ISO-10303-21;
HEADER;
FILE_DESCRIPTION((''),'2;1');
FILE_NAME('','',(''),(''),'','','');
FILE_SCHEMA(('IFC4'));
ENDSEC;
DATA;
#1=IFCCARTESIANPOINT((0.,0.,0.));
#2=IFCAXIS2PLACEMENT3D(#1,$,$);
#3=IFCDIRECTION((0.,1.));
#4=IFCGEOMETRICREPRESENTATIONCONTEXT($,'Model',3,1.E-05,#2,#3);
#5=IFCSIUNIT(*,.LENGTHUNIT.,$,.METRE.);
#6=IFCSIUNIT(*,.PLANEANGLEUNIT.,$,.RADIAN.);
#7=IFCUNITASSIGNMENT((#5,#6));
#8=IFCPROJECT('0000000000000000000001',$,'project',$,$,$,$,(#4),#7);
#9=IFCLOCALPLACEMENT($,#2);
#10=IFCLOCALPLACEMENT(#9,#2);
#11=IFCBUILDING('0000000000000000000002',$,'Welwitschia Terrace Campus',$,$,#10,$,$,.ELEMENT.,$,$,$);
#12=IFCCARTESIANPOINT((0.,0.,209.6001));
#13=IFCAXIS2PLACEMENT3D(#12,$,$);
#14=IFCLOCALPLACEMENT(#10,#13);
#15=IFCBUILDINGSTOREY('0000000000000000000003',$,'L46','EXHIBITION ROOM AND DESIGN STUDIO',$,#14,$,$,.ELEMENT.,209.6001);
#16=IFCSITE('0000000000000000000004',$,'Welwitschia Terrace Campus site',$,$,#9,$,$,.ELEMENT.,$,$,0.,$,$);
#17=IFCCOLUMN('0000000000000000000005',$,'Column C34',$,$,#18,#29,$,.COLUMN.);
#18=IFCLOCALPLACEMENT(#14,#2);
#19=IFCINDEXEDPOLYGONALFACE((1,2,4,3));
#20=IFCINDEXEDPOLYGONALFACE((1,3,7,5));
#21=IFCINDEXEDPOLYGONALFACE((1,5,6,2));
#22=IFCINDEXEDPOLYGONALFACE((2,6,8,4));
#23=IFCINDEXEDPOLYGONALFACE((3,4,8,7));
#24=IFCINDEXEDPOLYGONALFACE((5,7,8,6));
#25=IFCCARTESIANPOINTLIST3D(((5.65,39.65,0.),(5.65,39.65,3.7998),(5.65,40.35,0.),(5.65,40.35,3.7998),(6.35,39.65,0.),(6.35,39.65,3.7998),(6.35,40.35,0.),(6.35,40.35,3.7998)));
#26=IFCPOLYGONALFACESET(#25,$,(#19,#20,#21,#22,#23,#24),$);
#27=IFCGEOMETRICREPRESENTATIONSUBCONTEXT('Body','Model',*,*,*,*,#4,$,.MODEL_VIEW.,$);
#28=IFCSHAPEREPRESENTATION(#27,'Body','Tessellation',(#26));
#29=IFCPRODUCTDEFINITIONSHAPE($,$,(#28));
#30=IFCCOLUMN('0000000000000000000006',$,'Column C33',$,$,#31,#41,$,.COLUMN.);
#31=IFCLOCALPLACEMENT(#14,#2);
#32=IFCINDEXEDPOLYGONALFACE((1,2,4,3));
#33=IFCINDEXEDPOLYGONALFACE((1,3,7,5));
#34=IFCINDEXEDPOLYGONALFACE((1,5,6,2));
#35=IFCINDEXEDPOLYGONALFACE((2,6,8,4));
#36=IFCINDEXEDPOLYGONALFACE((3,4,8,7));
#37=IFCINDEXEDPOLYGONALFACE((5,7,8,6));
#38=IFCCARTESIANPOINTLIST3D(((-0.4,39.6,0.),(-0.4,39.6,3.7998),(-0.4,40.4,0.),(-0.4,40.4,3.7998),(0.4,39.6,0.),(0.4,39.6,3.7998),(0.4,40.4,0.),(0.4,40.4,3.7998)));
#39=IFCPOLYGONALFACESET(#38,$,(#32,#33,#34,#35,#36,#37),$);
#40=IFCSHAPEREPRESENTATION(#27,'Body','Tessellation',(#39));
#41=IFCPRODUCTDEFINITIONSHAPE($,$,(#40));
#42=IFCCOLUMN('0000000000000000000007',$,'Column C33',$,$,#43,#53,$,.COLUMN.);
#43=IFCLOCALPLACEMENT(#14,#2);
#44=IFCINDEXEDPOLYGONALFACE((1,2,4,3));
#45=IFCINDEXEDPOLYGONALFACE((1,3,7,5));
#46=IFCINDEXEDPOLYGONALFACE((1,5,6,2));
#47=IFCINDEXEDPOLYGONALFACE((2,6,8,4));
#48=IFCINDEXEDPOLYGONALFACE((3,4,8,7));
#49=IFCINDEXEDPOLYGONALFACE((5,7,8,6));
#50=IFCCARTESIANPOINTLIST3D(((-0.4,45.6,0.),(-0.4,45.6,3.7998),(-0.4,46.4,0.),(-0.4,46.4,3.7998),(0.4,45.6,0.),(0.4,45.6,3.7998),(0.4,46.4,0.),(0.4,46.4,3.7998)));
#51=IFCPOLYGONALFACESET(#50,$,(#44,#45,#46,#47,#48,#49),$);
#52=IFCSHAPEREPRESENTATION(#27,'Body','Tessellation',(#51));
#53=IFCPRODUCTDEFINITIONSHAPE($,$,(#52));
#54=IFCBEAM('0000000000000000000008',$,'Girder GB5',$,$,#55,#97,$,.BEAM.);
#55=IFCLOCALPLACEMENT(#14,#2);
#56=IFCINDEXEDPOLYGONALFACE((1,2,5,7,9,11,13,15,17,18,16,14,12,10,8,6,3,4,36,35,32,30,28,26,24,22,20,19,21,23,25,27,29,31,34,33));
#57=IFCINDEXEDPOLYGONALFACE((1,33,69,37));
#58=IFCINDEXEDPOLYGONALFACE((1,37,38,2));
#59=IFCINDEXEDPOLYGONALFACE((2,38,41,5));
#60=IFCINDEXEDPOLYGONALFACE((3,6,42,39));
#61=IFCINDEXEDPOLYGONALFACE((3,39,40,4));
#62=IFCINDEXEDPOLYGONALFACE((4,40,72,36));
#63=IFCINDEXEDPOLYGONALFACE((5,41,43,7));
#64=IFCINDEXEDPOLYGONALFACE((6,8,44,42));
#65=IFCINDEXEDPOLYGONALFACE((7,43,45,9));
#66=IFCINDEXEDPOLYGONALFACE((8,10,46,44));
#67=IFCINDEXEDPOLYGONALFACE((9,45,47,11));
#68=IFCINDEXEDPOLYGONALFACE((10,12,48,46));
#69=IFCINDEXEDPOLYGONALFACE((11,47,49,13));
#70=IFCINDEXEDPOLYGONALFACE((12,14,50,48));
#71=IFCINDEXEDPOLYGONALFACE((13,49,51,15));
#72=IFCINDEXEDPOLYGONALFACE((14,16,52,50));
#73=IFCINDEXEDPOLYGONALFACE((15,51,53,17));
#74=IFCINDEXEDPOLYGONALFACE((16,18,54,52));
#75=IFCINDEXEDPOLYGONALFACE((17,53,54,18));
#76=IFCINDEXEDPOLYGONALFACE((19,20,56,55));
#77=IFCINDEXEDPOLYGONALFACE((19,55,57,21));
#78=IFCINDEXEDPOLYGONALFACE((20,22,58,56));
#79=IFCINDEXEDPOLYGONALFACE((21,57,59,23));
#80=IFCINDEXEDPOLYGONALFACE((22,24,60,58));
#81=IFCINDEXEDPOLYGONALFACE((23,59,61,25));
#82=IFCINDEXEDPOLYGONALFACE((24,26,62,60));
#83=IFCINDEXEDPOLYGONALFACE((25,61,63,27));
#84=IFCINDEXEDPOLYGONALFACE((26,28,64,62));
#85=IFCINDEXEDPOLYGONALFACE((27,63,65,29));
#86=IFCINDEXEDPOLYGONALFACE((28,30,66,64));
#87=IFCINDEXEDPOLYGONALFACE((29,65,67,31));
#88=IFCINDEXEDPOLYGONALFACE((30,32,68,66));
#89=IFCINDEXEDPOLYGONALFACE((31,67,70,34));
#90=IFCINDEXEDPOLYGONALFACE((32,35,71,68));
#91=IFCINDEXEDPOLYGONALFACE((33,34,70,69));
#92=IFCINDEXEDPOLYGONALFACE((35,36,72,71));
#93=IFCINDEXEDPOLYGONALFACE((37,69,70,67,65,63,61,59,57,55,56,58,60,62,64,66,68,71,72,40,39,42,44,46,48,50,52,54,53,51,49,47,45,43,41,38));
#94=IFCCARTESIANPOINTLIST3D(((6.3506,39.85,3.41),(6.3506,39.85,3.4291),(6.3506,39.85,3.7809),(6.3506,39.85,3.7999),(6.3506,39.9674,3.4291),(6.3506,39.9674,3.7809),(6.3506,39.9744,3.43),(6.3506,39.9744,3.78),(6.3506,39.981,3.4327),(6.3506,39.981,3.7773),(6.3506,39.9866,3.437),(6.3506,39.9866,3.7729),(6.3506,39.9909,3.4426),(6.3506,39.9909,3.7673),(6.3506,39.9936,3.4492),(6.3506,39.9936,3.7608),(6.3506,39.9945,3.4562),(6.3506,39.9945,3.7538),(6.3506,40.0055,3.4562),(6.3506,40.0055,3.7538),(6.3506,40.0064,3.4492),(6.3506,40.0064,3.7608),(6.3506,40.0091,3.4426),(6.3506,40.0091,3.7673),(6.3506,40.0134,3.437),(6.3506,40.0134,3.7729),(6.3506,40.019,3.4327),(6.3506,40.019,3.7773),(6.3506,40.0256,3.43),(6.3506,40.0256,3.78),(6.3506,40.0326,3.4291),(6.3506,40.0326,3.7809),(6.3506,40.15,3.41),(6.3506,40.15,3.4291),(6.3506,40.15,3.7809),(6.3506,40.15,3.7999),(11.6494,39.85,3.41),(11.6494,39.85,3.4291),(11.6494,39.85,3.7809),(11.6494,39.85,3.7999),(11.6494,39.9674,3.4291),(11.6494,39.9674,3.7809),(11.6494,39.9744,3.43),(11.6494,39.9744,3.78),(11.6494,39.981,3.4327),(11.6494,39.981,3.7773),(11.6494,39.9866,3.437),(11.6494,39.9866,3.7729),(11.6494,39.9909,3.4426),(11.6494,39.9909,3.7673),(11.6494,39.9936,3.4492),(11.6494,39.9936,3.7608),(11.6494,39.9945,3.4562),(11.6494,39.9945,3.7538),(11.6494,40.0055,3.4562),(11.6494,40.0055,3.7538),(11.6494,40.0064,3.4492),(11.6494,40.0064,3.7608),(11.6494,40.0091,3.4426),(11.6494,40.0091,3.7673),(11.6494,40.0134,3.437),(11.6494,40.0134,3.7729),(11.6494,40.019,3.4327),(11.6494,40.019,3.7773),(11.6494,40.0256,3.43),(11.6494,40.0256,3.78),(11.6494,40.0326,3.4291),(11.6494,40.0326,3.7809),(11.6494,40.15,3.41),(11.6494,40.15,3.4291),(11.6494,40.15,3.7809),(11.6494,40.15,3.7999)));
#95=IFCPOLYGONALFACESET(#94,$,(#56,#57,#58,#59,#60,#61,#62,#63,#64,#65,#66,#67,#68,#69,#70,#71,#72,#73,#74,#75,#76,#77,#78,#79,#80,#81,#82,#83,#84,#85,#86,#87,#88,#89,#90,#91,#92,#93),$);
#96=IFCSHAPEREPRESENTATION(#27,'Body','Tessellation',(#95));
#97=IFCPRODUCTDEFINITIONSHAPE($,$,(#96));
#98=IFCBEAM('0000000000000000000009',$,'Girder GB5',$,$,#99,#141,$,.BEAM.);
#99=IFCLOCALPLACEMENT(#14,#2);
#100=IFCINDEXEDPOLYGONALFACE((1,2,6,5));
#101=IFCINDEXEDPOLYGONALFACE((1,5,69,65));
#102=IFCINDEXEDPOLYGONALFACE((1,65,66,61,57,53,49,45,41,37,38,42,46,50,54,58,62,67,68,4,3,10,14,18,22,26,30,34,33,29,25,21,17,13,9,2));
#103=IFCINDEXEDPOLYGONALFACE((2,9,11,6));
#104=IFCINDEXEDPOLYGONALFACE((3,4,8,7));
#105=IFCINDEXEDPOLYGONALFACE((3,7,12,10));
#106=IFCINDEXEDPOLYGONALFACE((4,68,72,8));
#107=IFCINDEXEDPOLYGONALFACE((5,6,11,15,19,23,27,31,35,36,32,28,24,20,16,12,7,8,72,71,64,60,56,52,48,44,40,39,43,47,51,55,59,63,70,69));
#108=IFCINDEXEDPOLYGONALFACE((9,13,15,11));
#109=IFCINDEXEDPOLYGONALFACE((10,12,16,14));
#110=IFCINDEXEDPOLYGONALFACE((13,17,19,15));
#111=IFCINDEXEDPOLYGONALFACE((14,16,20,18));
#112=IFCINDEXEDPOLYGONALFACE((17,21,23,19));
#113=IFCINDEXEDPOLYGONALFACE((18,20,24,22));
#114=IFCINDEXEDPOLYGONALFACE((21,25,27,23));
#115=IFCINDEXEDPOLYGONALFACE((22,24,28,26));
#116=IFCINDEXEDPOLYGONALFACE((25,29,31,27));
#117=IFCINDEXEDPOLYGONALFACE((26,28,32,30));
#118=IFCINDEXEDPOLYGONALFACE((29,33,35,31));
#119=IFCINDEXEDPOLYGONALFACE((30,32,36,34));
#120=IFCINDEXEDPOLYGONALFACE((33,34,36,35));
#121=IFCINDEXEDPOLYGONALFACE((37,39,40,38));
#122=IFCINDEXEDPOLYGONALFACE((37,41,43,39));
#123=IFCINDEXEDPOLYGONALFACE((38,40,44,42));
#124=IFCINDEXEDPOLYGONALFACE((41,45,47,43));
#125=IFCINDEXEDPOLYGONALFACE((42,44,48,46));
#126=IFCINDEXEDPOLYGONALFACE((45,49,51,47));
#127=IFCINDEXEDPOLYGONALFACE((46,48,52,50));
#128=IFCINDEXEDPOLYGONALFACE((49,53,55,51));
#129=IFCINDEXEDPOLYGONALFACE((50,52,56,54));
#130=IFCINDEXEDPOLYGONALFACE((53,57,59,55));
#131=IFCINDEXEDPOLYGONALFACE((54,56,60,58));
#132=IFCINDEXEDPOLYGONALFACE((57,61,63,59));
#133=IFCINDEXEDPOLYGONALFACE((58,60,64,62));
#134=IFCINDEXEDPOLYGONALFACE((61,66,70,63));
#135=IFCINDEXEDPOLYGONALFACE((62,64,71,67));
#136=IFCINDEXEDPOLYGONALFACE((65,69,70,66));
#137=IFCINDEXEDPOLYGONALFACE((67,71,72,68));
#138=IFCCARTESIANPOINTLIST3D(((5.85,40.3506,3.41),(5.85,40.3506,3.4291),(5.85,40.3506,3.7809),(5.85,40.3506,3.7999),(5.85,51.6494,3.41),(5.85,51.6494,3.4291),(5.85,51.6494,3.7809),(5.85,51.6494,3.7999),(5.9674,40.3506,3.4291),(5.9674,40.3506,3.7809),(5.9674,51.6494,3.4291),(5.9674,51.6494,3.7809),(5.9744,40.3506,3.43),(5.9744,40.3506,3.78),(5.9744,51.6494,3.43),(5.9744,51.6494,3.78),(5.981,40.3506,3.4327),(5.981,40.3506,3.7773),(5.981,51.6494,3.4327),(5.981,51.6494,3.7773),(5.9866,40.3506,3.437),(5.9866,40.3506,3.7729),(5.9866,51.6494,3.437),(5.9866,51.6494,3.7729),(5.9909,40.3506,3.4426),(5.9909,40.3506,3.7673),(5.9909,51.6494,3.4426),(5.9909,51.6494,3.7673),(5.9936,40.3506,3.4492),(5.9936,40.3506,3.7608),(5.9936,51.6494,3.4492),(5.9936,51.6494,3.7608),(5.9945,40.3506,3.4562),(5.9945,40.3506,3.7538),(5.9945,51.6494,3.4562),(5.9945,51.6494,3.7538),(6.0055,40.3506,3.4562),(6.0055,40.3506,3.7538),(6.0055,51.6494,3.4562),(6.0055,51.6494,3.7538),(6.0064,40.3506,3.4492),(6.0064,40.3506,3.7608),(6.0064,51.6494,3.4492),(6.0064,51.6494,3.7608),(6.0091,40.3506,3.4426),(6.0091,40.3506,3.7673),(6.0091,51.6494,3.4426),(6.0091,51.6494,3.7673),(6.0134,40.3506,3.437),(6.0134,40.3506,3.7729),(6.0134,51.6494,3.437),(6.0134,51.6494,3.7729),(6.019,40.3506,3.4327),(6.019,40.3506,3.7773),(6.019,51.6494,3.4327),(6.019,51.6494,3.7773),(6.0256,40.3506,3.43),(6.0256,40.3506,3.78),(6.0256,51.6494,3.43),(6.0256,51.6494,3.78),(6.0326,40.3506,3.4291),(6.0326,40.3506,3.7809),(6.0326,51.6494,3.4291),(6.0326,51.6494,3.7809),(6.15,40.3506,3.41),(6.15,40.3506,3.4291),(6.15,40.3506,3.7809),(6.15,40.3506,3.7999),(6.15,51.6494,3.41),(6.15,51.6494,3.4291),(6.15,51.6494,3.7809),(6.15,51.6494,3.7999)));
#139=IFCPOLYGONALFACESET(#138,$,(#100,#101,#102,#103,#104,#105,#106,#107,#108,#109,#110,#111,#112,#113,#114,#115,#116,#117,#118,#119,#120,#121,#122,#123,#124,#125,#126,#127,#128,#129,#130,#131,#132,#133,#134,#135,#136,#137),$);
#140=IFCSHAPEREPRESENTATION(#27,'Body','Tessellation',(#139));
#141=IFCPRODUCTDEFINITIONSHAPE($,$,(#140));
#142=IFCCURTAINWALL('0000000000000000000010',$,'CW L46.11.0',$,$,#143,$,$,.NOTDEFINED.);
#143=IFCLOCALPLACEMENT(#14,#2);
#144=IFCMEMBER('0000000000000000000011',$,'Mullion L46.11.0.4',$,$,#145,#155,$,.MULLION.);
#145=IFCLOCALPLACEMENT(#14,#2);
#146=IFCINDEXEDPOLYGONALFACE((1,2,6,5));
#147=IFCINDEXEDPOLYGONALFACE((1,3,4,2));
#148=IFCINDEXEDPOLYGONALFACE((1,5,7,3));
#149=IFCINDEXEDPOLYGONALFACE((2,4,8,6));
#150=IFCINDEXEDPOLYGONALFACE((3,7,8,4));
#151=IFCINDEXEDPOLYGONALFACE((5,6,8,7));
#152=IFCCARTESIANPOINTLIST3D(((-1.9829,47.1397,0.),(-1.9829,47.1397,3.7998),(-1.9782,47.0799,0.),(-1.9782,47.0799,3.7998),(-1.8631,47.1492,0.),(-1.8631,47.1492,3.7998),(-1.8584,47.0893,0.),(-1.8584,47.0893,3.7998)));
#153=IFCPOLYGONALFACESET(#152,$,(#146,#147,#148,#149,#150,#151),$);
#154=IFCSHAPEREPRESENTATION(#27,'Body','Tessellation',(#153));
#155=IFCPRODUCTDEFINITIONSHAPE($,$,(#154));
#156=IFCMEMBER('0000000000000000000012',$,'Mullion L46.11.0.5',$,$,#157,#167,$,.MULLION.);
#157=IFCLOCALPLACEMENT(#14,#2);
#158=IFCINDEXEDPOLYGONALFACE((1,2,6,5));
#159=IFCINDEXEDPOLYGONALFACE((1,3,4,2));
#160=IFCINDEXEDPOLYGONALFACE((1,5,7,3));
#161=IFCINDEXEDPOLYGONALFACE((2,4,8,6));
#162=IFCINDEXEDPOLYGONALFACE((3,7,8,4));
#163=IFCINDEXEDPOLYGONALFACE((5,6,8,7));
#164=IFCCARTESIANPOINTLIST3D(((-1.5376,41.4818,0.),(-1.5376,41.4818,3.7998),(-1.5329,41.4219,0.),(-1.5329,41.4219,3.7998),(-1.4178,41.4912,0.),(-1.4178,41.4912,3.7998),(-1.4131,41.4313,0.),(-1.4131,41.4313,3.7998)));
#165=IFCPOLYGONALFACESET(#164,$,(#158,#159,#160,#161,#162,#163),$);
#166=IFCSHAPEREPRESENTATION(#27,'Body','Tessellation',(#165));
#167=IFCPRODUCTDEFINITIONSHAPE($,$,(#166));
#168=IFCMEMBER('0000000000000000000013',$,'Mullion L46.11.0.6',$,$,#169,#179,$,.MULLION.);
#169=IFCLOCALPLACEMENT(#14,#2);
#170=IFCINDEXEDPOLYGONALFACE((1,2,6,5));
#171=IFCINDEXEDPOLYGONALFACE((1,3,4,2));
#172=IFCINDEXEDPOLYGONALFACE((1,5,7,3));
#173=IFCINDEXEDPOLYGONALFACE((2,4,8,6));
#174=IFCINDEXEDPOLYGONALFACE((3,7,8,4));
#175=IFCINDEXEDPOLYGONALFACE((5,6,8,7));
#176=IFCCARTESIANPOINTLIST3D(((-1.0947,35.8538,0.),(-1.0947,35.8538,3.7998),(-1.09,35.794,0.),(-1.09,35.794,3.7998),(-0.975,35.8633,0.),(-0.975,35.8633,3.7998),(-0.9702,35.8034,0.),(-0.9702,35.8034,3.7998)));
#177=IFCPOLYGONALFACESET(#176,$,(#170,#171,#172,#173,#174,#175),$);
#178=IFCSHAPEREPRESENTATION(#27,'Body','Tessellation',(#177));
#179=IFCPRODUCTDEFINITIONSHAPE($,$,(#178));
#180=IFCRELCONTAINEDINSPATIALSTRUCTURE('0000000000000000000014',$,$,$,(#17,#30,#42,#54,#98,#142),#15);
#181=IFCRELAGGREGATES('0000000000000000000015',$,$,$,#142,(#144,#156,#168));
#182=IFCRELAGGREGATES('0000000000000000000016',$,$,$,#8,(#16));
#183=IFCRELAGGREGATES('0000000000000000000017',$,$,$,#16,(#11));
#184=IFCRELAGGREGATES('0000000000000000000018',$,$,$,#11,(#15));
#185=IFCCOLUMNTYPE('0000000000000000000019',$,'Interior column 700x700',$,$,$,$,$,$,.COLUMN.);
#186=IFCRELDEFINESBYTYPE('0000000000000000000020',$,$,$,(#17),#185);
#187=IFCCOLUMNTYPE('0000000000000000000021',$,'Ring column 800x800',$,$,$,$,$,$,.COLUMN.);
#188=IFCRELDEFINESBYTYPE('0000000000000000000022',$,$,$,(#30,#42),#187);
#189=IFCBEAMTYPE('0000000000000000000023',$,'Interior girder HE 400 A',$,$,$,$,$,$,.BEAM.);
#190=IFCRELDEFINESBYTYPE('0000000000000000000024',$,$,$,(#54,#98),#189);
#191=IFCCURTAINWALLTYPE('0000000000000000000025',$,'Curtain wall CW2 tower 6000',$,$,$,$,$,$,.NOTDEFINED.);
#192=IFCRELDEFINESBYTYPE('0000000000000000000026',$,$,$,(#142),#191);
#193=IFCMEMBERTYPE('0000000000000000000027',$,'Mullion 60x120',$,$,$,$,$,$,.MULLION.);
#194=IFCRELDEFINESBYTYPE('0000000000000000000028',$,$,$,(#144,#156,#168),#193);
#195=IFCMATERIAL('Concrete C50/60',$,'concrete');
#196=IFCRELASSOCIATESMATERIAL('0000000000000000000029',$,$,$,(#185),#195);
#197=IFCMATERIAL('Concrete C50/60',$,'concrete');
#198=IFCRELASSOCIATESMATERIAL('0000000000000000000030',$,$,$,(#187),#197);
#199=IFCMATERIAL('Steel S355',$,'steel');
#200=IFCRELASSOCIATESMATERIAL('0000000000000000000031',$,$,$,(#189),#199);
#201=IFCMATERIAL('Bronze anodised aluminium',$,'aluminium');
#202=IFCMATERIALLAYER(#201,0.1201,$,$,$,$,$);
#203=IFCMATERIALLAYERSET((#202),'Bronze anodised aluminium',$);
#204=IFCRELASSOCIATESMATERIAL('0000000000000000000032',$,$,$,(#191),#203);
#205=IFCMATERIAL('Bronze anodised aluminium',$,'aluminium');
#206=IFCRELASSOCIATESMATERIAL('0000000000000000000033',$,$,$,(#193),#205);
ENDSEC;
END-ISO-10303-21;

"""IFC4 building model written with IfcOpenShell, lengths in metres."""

from ifc_helpers import new_model, si_unit, direction, frame, origin, origin_2d, place, context, subcontext, project, spatial, rectangle, i_section, extrude, material, layer, layer_set, material_profile, profile_set, type_object, element, aggregate, save


model = new_model("IFC4")

# Units and contexts
model_context = context("Model", 3, precision=1e-05, world=origin(), true_north=direction((0.0, 1.0)))
body_context = subcontext(model_context, "Body", "Model", "MODEL_VIEW")
ifc_project = project(units=[si_unit("LENGTHUNIT", "METRE"), si_unit("PLANEANGLEUNIT", "RADIAN")], contexts=[model_context])

# Site, building, storey
site_placement = place(None, origin())
site = spatial("IfcSite", under=ifc_project, at=site_placement, Name="Welwitschia Terrace Campus site", CompositionType="ELEMENT", RefElevation=0.0)
building_placement = place(site_placement, origin())
building = spatial("IfcBuilding", under=site, at=building_placement, Name="Welwitschia Terrace Campus", CompositionType="ELEMENT")
storey_placement = place(building_placement, frame((0.0, 0.0, 209.6001)))
storey = spatial("IfcBuildingStorey", under=building, at=storey_placement, Name="L46", Description="EXHIBITION ROOM AND DESIGN STUDIO", CompositionType="ELEMENT", Elevation=209.6001)

# Columns
ifc_material_1 = material(Name="Concrete C50/60", Category="concrete")
ifc_material_profile_1 = material_profile(ifc_material_1, rectangle(XDim=0.7, YDim=0.7, at=origin_2d()))
ifc_profile_set_1 = profile_set([ifc_material_profile_1], Name="Concrete C50/60")
column_type_1 = type_object("IfcColumnType", Name="Interior column 700x700", PredefinedType="COLUMN", material=ifc_profile_set_1)
column_placement = place(storey_placement, frame((6.0, 40.0, 0.0), z_axis=(0.0, 0.0, 1.0), x_axis=(1.0, 0.0, 0.0)))
element("IfcColumn", 1, at=column_placement, inside=storey, type_object=column_type_1, Name="Column C34", PredefinedType="COLUMN", context=body_context, shape_type="SweptSolid", body=[
    extrude(rectangle(XDim=0.7, YDim=0.7, at=origin_2d()), origin(), (0.0, 0.0, 1.0), 3.7998),
])
ifc_material_2 = material(Name="Concrete C50/60", Category="concrete")
ifc_material_profile_2 = material_profile(ifc_material_2, rectangle(XDim=0.8, YDim=0.8, at=origin_2d()))
ifc_profile_set_2 = profile_set([ifc_material_profile_2], Name="Concrete C50/60")
column_type_2 = type_object("IfcColumnType", Name="Ring column 800x800", PredefinedType="COLUMN", material=ifc_profile_set_2)
for number, where, z_axis, x_axis, name in (
    (2, (0.0, 40.0, 0.0), (0.0, 0.0, 1.0), (1.0, 0.0, 0.0), "Column C33"),
    (3, (0.0, 46.0, 0.0), (0.0, 0.0, 1.0), (1.0, 0.0, 0.0), "Column C33"),
):
    element("IfcColumn", number, at=place(storey_placement, frame(where, z_axis=z_axis, x_axis=x_axis)), inside=storey, type_object=column_type_2, Name=name, PredefinedType="COLUMN", context=body_context, shape_type="SweptSolid", body=[
        extrude(rectangle(XDim=0.8, YDim=0.8, at=origin_2d()), origin(), (0.0, 0.0, 1.0), 3.7998),
    ])

# Beams
ifc_material_3 = material(Name="Steel S355", Category="steel")
ifc_material_profile_3 = material_profile(ifc_material_3, i_section(OverallWidth=0.3, OverallDepth=0.3899, WebThickness=0.011, FlangeThickness=0.019, FilletRadius=0.0271, at=origin_2d()))
ifc_profile_set_3 = profile_set([ifc_material_profile_3], Name="Steel S355")
beam_type_1 = type_object("IfcBeamType", Name="Interior girder HE 400 A", PredefinedType="BEAM", material=ifc_profile_set_3)
beam_1_placement = place(storey_placement, frame((6.3506, 40.0, 3.605), z_axis=(1.0, 0.0, 0.0), x_axis=(0.0, 1.0, 0.0)))
element("IfcBeam", 4, at=beam_1_placement, inside=storey, type_object=beam_type_1, Name="Girder GB5", PredefinedType="BEAM", context=body_context, shape_type="SweptSolid", body=[
    extrude(i_section(OverallWidth=0.3, OverallDepth=0.3899, WebThickness=0.011, FlangeThickness=0.019, FilletRadius=0.0271, at=origin_2d()), origin(), (0.0, 0.0, 1.0), 5.2988),
])
beam_2_placement = place(storey_placement, frame((6.0, 40.3506, 3.605), z_axis=(0.0, 1.0, 0.0), x_axis=(-1.0, 0.0, 0.0)))
element("IfcBeam", 5, at=beam_2_placement, inside=storey, type_object=beam_type_1, Name="Girder GB5", PredefinedType="BEAM", context=body_context, shape_type="SweptSolid", body=[
    extrude(i_section(OverallWidth=0.3, OverallDepth=0.3899, WebThickness=0.011, FlangeThickness=0.019, FilletRadius=0.0271, at=origin_2d()), origin(), (0.0, 0.0, 1.0), 11.2988),
])

# Curtain wall, members
ifc_material_4 = material(Name="Bronze anodised aluminium", Category="aluminium")
ifc_layer_1 = layer(ifc_material_4, 0.1201)
ifc_layer_set_1 = layer_set([ifc_layer_1], Name="Bronze anodised aluminium")
curtain_wall_type = type_object("IfcCurtainWallType", Name="Curtain wall CW2 tower 6000", PredefinedType="NOTDEFINED", material=ifc_layer_set_1)
curtain_wall_placement = place(storey_placement, origin())
curtain_wall = element("IfcCurtainWall", 6, at=curtain_wall_placement, inside=storey, type_object=curtain_wall_type, Name="CW L46.11.0", PredefinedType="NOTDEFINED")
ifc_material_5 = material(Name="Bronze anodised aluminium", Category="aluminium")
ifc_material_profile_4 = material_profile(ifc_material_5, rectangle(XDim=0.1201, YDim=0.0601, at=origin_2d()))
ifc_profile_set_4 = profile_set([ifc_material_profile_4], Name="Bronze anodised aluminium")
member_type = type_object("IfcMemberType", Name="Mullion 60x120", PredefinedType="MULLION", material=ifc_profile_set_4)
member_1_placement = place(storey_placement, frame((-1.9207, 47.1145, 0.0), z_axis=(0.0, 0.0, 1.0), x_axis=(0.996917, 0.078459, 0.0)))
member_1 = element("IfcMember", 7, at=member_1_placement, type_object=member_type, Name="Mullion L46.11.0.4", PredefinedType="MULLION", context=body_context, shape_type="SweptSolid", body=[
    extrude(rectangle(XDim=0.1201, YDim=0.0601, at=origin_2d()), origin(), (0.0, 0.0, 1.0), 3.7998),
])
member_2_placement = place(storey_placement, frame((-1.4753, 41.4565, 0.0), z_axis=(0.0, 0.0, 1.0), x_axis=(0.996917, 0.078459, 0.0)))
member_2 = element("IfcMember", 8, at=member_2_placement, type_object=member_type, Name="Mullion L46.11.0.5", PredefinedType="MULLION", context=body_context, shape_type="SweptSolid", body=[
    extrude(rectangle(XDim=0.1201, YDim=0.0601, at=origin_2d()), origin(), (0.0, 0.0, 1.0), 3.7998),
])
member_3_placement = place(storey_placement, frame((-1.0325, 35.8286, 0.0), z_axis=(0.0, 0.0, 1.0), x_axis=(0.996917, 0.078459, 0.0)))
member_3 = element("IfcMember", 9, at=member_3_placement, type_object=member_type, Name="Mullion L46.11.0.6", PredefinedType="MULLION", context=body_context, shape_type="SweptSolid", body=[
    extrude(rectangle(XDim=0.1201, YDim=0.0601, at=origin_2d()), origin(), (0.0, 0.0, 1.0), 3.7998),
])

aggregate(curtain_wall, [member_1, member_2, member_3])

save(model, "model.ifc")
